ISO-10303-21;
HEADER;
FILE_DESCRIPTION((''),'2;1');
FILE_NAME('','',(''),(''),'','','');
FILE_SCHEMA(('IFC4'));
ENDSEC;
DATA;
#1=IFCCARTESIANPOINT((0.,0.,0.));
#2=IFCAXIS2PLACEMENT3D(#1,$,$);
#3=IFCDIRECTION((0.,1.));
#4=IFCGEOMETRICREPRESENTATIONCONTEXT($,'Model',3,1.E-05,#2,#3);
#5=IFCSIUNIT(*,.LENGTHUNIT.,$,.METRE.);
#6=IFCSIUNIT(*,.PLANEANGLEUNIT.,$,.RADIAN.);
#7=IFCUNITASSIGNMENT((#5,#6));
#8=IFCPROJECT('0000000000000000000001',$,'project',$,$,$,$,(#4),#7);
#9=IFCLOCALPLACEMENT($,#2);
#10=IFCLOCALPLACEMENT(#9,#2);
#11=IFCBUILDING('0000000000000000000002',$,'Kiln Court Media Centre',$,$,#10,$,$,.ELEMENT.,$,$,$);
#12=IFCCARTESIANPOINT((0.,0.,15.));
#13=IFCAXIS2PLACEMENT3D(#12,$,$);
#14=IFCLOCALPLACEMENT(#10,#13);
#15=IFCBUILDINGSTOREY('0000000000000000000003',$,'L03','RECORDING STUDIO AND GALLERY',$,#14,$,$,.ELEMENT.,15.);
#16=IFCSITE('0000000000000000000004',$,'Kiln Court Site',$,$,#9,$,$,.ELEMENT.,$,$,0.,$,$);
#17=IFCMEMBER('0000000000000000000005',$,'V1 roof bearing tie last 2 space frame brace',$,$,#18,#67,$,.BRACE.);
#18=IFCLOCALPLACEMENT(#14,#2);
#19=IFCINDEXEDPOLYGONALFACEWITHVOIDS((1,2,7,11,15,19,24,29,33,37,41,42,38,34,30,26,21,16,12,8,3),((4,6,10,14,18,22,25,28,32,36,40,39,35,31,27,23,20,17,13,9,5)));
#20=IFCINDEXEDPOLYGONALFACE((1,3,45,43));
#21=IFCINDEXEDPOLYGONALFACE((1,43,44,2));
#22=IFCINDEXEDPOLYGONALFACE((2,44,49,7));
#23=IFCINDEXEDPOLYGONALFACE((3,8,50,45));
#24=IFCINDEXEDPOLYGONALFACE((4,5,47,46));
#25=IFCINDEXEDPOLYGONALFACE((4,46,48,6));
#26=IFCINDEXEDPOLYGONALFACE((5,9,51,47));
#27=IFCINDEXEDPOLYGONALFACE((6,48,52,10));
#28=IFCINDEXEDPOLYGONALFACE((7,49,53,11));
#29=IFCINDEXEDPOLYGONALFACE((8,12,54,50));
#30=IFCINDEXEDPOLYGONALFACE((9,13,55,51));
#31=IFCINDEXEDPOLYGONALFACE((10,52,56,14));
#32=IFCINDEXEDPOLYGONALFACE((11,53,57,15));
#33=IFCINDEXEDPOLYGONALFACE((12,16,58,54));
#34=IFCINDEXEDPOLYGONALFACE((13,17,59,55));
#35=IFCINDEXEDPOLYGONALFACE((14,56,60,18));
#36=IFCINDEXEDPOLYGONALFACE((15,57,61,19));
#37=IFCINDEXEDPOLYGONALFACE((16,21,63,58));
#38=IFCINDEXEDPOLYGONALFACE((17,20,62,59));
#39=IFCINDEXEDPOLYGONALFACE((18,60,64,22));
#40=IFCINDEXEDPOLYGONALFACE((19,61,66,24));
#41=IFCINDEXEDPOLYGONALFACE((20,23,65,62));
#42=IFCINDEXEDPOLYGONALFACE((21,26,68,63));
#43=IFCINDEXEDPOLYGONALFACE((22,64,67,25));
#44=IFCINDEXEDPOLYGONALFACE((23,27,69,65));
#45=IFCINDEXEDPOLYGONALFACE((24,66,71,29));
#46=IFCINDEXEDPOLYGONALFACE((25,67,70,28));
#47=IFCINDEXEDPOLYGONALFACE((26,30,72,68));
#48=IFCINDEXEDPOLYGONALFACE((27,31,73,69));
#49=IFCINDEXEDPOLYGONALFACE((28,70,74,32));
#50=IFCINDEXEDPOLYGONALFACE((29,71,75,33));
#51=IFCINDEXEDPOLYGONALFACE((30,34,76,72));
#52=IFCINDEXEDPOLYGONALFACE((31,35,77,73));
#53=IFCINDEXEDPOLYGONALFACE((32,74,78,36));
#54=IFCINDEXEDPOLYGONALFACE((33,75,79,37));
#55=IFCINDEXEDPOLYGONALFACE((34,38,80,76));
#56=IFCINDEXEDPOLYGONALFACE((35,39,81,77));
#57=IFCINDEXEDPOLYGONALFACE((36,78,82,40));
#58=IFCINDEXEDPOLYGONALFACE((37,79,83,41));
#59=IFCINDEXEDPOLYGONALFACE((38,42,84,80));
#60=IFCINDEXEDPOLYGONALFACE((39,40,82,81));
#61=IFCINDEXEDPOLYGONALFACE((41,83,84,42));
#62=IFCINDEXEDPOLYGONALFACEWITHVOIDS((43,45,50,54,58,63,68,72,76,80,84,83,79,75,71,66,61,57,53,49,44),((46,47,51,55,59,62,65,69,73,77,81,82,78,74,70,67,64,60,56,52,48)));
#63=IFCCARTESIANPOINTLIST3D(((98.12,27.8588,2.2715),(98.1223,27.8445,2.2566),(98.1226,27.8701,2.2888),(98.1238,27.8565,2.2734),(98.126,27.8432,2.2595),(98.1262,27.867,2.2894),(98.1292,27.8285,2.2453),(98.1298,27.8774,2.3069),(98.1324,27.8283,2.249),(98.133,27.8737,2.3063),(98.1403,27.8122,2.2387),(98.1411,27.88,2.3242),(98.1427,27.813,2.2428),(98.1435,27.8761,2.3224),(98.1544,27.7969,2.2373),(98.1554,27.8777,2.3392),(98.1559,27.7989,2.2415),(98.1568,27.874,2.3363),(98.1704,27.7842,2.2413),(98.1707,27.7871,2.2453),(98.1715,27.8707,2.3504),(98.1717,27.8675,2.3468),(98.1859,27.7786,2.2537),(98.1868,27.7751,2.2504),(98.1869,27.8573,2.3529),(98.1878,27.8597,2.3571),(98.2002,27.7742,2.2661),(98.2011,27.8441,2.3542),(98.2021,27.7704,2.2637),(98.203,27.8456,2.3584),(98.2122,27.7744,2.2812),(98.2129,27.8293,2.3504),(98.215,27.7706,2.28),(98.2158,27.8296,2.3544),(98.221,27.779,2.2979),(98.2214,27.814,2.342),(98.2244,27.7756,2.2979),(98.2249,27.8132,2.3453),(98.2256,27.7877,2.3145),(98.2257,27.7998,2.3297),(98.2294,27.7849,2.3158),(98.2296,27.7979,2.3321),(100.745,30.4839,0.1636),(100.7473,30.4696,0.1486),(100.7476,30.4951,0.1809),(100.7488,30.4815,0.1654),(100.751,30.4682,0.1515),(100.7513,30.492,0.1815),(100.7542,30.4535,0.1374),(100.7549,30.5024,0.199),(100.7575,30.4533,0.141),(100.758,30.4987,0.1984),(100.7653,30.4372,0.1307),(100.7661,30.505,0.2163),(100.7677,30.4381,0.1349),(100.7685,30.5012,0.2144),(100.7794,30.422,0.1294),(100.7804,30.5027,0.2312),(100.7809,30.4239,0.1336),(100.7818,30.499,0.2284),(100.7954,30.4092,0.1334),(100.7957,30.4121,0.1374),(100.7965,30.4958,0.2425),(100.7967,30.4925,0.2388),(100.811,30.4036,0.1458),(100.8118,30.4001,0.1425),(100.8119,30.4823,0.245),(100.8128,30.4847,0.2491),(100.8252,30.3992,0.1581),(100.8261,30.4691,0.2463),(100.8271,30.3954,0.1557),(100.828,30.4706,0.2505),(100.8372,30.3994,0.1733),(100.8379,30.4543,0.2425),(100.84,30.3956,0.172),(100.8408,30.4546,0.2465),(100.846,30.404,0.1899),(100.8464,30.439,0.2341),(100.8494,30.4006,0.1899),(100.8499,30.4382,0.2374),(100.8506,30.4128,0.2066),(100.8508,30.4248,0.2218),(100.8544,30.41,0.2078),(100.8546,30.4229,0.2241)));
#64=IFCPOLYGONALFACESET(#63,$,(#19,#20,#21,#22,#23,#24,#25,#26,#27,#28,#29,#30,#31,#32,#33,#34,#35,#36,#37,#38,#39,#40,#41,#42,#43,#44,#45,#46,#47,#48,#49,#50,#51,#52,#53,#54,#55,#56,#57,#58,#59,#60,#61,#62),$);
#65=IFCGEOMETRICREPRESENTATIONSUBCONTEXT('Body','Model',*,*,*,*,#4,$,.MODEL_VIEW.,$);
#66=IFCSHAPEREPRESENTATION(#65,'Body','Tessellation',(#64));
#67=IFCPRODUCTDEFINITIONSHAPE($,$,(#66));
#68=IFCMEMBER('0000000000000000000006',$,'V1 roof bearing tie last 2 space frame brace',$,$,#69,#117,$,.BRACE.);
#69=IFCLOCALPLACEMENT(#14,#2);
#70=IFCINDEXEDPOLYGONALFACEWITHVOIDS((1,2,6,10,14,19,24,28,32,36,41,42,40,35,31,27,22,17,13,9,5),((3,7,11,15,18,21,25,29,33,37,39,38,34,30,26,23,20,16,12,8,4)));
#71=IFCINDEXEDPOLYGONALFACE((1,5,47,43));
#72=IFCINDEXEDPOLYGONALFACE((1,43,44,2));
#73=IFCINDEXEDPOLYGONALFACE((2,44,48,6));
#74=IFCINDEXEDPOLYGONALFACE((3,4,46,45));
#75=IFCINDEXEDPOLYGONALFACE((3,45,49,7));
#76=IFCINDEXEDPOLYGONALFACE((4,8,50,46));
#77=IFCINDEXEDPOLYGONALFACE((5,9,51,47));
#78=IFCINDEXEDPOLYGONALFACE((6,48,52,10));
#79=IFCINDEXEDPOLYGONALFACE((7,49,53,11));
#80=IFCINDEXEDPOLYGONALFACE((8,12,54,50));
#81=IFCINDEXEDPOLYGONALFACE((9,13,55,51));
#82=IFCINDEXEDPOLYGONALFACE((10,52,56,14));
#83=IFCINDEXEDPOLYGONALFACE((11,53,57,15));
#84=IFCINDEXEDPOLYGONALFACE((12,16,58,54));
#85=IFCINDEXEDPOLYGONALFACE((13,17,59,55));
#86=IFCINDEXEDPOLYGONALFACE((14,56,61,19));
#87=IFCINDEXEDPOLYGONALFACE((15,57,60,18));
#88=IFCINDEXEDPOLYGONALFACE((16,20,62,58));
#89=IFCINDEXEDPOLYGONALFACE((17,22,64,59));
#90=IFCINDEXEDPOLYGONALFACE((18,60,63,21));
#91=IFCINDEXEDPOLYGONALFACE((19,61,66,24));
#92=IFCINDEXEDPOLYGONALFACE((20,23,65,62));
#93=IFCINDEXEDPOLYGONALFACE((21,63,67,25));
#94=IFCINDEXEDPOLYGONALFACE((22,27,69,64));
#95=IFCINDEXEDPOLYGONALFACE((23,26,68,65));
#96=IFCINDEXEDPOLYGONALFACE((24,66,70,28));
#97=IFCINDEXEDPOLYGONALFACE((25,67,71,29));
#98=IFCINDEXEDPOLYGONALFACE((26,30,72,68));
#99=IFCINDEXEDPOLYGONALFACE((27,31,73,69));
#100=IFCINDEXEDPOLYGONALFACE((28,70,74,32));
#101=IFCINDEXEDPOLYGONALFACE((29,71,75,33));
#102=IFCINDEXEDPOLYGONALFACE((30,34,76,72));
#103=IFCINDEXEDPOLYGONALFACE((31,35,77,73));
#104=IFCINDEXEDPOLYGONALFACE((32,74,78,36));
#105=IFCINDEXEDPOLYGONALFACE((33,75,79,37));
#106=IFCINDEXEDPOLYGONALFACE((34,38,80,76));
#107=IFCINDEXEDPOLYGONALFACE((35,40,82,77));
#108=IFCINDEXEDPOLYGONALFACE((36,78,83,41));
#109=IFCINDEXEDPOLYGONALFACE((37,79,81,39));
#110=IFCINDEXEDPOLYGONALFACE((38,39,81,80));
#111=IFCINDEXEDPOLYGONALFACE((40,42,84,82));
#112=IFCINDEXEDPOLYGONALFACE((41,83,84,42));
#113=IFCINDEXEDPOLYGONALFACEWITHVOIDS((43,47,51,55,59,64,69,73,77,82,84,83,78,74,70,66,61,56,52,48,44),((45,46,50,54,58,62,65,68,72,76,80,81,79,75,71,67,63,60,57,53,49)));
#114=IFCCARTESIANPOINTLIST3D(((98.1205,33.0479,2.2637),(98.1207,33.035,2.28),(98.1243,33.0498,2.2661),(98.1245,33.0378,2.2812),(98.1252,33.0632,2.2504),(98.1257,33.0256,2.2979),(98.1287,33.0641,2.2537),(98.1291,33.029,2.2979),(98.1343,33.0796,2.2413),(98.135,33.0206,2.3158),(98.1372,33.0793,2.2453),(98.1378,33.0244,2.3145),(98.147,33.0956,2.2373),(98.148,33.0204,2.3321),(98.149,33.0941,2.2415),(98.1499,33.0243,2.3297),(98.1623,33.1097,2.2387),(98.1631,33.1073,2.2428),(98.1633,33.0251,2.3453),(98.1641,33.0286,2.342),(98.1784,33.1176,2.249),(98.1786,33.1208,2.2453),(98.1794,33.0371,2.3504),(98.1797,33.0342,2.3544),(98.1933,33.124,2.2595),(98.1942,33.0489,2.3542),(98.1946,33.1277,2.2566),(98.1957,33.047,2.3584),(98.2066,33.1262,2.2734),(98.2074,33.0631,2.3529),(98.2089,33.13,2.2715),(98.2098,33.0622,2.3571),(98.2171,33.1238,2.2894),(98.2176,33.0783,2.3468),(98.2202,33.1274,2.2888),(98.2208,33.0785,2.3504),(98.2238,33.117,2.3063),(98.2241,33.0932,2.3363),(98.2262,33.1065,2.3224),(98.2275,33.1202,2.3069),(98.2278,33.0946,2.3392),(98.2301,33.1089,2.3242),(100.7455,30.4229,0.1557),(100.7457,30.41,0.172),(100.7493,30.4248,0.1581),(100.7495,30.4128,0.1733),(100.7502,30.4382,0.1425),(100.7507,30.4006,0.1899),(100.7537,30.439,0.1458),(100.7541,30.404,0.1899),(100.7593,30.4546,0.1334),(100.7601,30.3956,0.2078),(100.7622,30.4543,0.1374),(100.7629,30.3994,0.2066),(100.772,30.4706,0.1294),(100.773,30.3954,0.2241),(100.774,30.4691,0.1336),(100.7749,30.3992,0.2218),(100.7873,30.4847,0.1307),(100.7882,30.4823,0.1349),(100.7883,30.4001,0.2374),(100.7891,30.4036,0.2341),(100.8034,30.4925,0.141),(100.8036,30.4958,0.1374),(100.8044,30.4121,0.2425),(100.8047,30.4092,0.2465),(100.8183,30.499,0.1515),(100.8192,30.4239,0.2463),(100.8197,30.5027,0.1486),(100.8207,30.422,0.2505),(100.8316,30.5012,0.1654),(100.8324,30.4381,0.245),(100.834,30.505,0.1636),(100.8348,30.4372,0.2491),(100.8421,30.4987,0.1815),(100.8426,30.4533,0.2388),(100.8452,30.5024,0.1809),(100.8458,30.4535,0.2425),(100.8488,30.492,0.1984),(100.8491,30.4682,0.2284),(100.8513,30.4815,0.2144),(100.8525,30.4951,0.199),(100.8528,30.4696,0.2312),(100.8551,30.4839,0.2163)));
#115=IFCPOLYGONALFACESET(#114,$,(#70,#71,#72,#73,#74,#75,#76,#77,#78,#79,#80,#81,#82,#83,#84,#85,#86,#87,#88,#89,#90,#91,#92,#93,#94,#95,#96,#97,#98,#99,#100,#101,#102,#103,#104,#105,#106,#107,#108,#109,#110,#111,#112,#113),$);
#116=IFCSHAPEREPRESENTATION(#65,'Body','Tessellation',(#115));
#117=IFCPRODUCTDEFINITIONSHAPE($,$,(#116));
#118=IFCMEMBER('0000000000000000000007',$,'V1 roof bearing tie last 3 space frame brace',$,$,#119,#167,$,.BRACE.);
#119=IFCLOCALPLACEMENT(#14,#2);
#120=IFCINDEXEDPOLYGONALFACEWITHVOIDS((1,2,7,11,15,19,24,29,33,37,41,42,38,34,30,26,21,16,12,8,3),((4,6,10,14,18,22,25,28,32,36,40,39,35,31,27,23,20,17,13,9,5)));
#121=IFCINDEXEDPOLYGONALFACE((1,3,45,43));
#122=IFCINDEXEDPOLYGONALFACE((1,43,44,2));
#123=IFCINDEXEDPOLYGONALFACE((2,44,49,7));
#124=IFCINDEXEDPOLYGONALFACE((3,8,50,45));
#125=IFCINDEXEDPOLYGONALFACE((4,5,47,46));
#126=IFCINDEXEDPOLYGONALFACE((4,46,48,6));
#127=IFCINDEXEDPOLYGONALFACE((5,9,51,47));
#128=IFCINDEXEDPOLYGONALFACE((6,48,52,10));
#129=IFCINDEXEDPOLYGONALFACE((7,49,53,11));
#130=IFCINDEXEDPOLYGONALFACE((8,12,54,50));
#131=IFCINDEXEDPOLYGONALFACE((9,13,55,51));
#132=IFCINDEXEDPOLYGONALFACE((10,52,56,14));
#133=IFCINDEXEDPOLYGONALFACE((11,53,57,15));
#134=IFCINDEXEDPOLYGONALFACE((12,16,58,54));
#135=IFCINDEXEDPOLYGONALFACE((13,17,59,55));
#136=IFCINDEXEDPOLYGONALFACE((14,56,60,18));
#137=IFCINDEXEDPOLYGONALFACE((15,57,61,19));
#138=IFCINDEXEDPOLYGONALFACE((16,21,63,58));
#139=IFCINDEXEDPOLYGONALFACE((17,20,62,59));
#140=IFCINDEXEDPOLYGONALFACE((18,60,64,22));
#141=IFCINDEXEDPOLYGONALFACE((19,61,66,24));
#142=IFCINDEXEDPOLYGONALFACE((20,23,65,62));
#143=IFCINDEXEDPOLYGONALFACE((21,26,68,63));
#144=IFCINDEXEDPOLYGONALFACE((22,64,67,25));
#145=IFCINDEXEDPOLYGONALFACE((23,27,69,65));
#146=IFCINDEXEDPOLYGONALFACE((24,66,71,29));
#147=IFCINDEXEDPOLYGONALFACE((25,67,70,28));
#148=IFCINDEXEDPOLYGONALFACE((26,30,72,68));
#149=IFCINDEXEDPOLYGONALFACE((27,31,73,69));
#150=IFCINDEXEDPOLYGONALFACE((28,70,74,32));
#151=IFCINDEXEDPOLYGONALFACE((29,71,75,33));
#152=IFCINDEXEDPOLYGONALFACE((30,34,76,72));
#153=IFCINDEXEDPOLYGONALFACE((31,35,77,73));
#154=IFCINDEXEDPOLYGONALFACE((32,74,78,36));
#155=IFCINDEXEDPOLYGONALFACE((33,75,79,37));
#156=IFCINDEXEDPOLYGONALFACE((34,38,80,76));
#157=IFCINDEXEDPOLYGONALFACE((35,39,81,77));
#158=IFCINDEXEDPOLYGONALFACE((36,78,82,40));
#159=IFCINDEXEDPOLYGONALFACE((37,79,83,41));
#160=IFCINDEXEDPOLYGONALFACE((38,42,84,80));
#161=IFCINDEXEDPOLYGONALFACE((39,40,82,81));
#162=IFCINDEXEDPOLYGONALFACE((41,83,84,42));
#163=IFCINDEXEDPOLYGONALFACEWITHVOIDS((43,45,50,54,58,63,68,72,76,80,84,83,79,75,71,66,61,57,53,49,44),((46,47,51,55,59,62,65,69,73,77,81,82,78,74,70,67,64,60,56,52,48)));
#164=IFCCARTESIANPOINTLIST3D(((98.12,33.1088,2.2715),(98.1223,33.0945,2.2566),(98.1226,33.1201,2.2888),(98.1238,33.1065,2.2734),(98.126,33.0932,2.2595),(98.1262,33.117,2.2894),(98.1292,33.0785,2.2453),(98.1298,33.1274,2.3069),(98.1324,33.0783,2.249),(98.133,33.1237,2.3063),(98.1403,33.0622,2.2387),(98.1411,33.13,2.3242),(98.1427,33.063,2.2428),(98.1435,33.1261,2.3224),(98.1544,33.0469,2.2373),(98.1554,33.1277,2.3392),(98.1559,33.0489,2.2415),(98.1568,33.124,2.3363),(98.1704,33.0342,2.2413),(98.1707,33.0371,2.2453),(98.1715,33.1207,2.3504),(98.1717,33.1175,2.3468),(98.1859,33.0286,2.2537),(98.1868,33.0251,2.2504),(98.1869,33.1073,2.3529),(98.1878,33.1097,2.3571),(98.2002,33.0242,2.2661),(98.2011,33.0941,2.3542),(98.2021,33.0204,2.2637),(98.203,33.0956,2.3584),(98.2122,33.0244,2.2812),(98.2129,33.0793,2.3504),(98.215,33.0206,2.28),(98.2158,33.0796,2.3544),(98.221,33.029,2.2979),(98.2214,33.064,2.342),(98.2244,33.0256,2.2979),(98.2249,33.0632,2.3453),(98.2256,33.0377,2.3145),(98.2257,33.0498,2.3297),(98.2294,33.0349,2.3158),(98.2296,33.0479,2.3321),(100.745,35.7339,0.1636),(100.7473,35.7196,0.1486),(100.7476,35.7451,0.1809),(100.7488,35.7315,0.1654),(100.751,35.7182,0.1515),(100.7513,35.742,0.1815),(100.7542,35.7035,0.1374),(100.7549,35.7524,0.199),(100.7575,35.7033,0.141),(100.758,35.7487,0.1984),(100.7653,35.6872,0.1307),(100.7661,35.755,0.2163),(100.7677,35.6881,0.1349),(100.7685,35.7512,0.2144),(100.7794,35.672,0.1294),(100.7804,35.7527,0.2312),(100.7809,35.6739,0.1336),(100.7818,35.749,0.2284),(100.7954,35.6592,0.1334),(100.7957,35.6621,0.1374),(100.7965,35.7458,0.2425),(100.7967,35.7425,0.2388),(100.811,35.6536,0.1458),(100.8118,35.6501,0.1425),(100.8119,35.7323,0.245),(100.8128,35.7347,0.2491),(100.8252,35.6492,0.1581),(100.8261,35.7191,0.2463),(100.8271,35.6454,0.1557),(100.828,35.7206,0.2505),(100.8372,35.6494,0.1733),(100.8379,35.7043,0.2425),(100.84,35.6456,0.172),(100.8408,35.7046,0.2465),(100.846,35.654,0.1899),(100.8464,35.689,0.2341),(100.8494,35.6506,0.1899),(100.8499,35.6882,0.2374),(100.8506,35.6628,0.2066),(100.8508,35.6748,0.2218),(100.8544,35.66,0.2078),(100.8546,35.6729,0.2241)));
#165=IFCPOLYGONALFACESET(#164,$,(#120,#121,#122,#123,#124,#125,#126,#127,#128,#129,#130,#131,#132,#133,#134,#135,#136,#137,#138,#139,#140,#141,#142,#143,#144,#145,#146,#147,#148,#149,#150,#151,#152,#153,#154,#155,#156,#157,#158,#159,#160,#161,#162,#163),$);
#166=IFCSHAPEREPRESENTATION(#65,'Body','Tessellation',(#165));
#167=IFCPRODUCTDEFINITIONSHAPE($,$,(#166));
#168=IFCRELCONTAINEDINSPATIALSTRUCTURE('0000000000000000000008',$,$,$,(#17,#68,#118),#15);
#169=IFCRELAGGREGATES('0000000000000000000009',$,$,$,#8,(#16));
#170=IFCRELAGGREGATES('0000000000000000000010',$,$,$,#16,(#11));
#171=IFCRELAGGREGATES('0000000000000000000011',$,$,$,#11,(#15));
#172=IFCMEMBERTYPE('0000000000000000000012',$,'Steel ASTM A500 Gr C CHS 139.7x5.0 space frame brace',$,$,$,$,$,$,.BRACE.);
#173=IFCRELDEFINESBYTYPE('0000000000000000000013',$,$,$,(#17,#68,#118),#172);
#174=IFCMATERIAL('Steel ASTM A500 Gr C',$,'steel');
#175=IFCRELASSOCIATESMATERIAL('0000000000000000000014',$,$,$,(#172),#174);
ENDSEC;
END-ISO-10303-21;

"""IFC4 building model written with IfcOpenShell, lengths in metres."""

from ifc_helpers import new_model, si_unit, direction, frame, origin, origin_2d, place, context, subcontext, project, spatial, hollow_circle, extrude, material, material_profile, profile_set, type_object, element, save


model = new_model("IFC4")

# Units and contexts
model_context = context("Model", 3, precision=1e-05, world=origin(), true_north=direction((0.0, 1.0)))
body_context = subcontext(model_context, "Body", "Model", "MODEL_VIEW")
ifc_project = project(units=[si_unit("LENGTHUNIT", "METRE"), si_unit("PLANEANGLEUNIT", "RADIAN")], contexts=[model_context])

# Site, building, storey
site_placement = place(None, origin())
site = spatial("IfcSite", under=ifc_project, at=site_placement, Name="Kiln Court Site", CompositionType="ELEMENT", RefElevation=0.0)
building_placement = place(site_placement, origin())
building = spatial("IfcBuilding", under=site, at=building_placement, Name="Kiln Court Media Centre", CompositionType="ELEMENT")
storey_placement = place(building_placement, frame((0.0, 0.0, 15.0)))
storey = spatial("IfcBuildingStorey", under=building, at=storey_placement, Name="L03", Description="RECORDING STUDIO AND GALLERY", CompositionType="ELEMENT", Elevation=15.0)

# Members
ifc_material_1 = material(Name="Steel ASTM A500 Gr C", Category="steel")
ifc_material_profile_1 = material_profile(ifc_material_1, hollow_circle(Radius=0.0698, WallThickness=0.0049, at=origin_2d()), Name="CHS 139.7x5.0")
ifc_profile_set_1 = profile_set([ifc_material_profile_1], Name="Steel ASTM A500 Gr C")
member_type_1 = type_object("IfcMemberType", Name="Steel ASTM A500 Gr C CHS 139.7x5.0 space frame brace", PredefinedType="BRACE", material=ifc_profile_set_1)
for number, where, z_axis, x_axis, name in (
    (1, (100.8, 30.45, 0.1899), (-0.614895, -0.614895, 0.493769), (0.707107, -0.707107, 0.0), "V1 roof bearing tie last 2 space frame brace"),
    (2, (100.8, 30.45, 0.1899), (-0.614895, 0.614895, 0.493769), (-0.707107, -0.707107, 0.0), "V1 roof bearing tie last 2 space frame brace"),
    (3, (100.8, 35.7, 0.1899), (-0.614895, -0.614895, 0.493769), (0.707107, -0.707107, 0.0), "V1 roof bearing tie last 3 space frame brace"),
):
    element("IfcMember", number, at=place(storey_placement, frame(where, z_axis=z_axis, x_axis=x_axis)), inside=storey, type_object=member_type_1, Name=name, PredefinedType="BRACE", context=body_context, shape_type="SweptSolid", body=[
        extrude(hollow_circle(Radius=0.0698, WallThickness=0.0049, at=origin_2d()), origin(), (0.0, 0.0, 1.0), 4.269),
    ])

save(model, "model.ifc")
